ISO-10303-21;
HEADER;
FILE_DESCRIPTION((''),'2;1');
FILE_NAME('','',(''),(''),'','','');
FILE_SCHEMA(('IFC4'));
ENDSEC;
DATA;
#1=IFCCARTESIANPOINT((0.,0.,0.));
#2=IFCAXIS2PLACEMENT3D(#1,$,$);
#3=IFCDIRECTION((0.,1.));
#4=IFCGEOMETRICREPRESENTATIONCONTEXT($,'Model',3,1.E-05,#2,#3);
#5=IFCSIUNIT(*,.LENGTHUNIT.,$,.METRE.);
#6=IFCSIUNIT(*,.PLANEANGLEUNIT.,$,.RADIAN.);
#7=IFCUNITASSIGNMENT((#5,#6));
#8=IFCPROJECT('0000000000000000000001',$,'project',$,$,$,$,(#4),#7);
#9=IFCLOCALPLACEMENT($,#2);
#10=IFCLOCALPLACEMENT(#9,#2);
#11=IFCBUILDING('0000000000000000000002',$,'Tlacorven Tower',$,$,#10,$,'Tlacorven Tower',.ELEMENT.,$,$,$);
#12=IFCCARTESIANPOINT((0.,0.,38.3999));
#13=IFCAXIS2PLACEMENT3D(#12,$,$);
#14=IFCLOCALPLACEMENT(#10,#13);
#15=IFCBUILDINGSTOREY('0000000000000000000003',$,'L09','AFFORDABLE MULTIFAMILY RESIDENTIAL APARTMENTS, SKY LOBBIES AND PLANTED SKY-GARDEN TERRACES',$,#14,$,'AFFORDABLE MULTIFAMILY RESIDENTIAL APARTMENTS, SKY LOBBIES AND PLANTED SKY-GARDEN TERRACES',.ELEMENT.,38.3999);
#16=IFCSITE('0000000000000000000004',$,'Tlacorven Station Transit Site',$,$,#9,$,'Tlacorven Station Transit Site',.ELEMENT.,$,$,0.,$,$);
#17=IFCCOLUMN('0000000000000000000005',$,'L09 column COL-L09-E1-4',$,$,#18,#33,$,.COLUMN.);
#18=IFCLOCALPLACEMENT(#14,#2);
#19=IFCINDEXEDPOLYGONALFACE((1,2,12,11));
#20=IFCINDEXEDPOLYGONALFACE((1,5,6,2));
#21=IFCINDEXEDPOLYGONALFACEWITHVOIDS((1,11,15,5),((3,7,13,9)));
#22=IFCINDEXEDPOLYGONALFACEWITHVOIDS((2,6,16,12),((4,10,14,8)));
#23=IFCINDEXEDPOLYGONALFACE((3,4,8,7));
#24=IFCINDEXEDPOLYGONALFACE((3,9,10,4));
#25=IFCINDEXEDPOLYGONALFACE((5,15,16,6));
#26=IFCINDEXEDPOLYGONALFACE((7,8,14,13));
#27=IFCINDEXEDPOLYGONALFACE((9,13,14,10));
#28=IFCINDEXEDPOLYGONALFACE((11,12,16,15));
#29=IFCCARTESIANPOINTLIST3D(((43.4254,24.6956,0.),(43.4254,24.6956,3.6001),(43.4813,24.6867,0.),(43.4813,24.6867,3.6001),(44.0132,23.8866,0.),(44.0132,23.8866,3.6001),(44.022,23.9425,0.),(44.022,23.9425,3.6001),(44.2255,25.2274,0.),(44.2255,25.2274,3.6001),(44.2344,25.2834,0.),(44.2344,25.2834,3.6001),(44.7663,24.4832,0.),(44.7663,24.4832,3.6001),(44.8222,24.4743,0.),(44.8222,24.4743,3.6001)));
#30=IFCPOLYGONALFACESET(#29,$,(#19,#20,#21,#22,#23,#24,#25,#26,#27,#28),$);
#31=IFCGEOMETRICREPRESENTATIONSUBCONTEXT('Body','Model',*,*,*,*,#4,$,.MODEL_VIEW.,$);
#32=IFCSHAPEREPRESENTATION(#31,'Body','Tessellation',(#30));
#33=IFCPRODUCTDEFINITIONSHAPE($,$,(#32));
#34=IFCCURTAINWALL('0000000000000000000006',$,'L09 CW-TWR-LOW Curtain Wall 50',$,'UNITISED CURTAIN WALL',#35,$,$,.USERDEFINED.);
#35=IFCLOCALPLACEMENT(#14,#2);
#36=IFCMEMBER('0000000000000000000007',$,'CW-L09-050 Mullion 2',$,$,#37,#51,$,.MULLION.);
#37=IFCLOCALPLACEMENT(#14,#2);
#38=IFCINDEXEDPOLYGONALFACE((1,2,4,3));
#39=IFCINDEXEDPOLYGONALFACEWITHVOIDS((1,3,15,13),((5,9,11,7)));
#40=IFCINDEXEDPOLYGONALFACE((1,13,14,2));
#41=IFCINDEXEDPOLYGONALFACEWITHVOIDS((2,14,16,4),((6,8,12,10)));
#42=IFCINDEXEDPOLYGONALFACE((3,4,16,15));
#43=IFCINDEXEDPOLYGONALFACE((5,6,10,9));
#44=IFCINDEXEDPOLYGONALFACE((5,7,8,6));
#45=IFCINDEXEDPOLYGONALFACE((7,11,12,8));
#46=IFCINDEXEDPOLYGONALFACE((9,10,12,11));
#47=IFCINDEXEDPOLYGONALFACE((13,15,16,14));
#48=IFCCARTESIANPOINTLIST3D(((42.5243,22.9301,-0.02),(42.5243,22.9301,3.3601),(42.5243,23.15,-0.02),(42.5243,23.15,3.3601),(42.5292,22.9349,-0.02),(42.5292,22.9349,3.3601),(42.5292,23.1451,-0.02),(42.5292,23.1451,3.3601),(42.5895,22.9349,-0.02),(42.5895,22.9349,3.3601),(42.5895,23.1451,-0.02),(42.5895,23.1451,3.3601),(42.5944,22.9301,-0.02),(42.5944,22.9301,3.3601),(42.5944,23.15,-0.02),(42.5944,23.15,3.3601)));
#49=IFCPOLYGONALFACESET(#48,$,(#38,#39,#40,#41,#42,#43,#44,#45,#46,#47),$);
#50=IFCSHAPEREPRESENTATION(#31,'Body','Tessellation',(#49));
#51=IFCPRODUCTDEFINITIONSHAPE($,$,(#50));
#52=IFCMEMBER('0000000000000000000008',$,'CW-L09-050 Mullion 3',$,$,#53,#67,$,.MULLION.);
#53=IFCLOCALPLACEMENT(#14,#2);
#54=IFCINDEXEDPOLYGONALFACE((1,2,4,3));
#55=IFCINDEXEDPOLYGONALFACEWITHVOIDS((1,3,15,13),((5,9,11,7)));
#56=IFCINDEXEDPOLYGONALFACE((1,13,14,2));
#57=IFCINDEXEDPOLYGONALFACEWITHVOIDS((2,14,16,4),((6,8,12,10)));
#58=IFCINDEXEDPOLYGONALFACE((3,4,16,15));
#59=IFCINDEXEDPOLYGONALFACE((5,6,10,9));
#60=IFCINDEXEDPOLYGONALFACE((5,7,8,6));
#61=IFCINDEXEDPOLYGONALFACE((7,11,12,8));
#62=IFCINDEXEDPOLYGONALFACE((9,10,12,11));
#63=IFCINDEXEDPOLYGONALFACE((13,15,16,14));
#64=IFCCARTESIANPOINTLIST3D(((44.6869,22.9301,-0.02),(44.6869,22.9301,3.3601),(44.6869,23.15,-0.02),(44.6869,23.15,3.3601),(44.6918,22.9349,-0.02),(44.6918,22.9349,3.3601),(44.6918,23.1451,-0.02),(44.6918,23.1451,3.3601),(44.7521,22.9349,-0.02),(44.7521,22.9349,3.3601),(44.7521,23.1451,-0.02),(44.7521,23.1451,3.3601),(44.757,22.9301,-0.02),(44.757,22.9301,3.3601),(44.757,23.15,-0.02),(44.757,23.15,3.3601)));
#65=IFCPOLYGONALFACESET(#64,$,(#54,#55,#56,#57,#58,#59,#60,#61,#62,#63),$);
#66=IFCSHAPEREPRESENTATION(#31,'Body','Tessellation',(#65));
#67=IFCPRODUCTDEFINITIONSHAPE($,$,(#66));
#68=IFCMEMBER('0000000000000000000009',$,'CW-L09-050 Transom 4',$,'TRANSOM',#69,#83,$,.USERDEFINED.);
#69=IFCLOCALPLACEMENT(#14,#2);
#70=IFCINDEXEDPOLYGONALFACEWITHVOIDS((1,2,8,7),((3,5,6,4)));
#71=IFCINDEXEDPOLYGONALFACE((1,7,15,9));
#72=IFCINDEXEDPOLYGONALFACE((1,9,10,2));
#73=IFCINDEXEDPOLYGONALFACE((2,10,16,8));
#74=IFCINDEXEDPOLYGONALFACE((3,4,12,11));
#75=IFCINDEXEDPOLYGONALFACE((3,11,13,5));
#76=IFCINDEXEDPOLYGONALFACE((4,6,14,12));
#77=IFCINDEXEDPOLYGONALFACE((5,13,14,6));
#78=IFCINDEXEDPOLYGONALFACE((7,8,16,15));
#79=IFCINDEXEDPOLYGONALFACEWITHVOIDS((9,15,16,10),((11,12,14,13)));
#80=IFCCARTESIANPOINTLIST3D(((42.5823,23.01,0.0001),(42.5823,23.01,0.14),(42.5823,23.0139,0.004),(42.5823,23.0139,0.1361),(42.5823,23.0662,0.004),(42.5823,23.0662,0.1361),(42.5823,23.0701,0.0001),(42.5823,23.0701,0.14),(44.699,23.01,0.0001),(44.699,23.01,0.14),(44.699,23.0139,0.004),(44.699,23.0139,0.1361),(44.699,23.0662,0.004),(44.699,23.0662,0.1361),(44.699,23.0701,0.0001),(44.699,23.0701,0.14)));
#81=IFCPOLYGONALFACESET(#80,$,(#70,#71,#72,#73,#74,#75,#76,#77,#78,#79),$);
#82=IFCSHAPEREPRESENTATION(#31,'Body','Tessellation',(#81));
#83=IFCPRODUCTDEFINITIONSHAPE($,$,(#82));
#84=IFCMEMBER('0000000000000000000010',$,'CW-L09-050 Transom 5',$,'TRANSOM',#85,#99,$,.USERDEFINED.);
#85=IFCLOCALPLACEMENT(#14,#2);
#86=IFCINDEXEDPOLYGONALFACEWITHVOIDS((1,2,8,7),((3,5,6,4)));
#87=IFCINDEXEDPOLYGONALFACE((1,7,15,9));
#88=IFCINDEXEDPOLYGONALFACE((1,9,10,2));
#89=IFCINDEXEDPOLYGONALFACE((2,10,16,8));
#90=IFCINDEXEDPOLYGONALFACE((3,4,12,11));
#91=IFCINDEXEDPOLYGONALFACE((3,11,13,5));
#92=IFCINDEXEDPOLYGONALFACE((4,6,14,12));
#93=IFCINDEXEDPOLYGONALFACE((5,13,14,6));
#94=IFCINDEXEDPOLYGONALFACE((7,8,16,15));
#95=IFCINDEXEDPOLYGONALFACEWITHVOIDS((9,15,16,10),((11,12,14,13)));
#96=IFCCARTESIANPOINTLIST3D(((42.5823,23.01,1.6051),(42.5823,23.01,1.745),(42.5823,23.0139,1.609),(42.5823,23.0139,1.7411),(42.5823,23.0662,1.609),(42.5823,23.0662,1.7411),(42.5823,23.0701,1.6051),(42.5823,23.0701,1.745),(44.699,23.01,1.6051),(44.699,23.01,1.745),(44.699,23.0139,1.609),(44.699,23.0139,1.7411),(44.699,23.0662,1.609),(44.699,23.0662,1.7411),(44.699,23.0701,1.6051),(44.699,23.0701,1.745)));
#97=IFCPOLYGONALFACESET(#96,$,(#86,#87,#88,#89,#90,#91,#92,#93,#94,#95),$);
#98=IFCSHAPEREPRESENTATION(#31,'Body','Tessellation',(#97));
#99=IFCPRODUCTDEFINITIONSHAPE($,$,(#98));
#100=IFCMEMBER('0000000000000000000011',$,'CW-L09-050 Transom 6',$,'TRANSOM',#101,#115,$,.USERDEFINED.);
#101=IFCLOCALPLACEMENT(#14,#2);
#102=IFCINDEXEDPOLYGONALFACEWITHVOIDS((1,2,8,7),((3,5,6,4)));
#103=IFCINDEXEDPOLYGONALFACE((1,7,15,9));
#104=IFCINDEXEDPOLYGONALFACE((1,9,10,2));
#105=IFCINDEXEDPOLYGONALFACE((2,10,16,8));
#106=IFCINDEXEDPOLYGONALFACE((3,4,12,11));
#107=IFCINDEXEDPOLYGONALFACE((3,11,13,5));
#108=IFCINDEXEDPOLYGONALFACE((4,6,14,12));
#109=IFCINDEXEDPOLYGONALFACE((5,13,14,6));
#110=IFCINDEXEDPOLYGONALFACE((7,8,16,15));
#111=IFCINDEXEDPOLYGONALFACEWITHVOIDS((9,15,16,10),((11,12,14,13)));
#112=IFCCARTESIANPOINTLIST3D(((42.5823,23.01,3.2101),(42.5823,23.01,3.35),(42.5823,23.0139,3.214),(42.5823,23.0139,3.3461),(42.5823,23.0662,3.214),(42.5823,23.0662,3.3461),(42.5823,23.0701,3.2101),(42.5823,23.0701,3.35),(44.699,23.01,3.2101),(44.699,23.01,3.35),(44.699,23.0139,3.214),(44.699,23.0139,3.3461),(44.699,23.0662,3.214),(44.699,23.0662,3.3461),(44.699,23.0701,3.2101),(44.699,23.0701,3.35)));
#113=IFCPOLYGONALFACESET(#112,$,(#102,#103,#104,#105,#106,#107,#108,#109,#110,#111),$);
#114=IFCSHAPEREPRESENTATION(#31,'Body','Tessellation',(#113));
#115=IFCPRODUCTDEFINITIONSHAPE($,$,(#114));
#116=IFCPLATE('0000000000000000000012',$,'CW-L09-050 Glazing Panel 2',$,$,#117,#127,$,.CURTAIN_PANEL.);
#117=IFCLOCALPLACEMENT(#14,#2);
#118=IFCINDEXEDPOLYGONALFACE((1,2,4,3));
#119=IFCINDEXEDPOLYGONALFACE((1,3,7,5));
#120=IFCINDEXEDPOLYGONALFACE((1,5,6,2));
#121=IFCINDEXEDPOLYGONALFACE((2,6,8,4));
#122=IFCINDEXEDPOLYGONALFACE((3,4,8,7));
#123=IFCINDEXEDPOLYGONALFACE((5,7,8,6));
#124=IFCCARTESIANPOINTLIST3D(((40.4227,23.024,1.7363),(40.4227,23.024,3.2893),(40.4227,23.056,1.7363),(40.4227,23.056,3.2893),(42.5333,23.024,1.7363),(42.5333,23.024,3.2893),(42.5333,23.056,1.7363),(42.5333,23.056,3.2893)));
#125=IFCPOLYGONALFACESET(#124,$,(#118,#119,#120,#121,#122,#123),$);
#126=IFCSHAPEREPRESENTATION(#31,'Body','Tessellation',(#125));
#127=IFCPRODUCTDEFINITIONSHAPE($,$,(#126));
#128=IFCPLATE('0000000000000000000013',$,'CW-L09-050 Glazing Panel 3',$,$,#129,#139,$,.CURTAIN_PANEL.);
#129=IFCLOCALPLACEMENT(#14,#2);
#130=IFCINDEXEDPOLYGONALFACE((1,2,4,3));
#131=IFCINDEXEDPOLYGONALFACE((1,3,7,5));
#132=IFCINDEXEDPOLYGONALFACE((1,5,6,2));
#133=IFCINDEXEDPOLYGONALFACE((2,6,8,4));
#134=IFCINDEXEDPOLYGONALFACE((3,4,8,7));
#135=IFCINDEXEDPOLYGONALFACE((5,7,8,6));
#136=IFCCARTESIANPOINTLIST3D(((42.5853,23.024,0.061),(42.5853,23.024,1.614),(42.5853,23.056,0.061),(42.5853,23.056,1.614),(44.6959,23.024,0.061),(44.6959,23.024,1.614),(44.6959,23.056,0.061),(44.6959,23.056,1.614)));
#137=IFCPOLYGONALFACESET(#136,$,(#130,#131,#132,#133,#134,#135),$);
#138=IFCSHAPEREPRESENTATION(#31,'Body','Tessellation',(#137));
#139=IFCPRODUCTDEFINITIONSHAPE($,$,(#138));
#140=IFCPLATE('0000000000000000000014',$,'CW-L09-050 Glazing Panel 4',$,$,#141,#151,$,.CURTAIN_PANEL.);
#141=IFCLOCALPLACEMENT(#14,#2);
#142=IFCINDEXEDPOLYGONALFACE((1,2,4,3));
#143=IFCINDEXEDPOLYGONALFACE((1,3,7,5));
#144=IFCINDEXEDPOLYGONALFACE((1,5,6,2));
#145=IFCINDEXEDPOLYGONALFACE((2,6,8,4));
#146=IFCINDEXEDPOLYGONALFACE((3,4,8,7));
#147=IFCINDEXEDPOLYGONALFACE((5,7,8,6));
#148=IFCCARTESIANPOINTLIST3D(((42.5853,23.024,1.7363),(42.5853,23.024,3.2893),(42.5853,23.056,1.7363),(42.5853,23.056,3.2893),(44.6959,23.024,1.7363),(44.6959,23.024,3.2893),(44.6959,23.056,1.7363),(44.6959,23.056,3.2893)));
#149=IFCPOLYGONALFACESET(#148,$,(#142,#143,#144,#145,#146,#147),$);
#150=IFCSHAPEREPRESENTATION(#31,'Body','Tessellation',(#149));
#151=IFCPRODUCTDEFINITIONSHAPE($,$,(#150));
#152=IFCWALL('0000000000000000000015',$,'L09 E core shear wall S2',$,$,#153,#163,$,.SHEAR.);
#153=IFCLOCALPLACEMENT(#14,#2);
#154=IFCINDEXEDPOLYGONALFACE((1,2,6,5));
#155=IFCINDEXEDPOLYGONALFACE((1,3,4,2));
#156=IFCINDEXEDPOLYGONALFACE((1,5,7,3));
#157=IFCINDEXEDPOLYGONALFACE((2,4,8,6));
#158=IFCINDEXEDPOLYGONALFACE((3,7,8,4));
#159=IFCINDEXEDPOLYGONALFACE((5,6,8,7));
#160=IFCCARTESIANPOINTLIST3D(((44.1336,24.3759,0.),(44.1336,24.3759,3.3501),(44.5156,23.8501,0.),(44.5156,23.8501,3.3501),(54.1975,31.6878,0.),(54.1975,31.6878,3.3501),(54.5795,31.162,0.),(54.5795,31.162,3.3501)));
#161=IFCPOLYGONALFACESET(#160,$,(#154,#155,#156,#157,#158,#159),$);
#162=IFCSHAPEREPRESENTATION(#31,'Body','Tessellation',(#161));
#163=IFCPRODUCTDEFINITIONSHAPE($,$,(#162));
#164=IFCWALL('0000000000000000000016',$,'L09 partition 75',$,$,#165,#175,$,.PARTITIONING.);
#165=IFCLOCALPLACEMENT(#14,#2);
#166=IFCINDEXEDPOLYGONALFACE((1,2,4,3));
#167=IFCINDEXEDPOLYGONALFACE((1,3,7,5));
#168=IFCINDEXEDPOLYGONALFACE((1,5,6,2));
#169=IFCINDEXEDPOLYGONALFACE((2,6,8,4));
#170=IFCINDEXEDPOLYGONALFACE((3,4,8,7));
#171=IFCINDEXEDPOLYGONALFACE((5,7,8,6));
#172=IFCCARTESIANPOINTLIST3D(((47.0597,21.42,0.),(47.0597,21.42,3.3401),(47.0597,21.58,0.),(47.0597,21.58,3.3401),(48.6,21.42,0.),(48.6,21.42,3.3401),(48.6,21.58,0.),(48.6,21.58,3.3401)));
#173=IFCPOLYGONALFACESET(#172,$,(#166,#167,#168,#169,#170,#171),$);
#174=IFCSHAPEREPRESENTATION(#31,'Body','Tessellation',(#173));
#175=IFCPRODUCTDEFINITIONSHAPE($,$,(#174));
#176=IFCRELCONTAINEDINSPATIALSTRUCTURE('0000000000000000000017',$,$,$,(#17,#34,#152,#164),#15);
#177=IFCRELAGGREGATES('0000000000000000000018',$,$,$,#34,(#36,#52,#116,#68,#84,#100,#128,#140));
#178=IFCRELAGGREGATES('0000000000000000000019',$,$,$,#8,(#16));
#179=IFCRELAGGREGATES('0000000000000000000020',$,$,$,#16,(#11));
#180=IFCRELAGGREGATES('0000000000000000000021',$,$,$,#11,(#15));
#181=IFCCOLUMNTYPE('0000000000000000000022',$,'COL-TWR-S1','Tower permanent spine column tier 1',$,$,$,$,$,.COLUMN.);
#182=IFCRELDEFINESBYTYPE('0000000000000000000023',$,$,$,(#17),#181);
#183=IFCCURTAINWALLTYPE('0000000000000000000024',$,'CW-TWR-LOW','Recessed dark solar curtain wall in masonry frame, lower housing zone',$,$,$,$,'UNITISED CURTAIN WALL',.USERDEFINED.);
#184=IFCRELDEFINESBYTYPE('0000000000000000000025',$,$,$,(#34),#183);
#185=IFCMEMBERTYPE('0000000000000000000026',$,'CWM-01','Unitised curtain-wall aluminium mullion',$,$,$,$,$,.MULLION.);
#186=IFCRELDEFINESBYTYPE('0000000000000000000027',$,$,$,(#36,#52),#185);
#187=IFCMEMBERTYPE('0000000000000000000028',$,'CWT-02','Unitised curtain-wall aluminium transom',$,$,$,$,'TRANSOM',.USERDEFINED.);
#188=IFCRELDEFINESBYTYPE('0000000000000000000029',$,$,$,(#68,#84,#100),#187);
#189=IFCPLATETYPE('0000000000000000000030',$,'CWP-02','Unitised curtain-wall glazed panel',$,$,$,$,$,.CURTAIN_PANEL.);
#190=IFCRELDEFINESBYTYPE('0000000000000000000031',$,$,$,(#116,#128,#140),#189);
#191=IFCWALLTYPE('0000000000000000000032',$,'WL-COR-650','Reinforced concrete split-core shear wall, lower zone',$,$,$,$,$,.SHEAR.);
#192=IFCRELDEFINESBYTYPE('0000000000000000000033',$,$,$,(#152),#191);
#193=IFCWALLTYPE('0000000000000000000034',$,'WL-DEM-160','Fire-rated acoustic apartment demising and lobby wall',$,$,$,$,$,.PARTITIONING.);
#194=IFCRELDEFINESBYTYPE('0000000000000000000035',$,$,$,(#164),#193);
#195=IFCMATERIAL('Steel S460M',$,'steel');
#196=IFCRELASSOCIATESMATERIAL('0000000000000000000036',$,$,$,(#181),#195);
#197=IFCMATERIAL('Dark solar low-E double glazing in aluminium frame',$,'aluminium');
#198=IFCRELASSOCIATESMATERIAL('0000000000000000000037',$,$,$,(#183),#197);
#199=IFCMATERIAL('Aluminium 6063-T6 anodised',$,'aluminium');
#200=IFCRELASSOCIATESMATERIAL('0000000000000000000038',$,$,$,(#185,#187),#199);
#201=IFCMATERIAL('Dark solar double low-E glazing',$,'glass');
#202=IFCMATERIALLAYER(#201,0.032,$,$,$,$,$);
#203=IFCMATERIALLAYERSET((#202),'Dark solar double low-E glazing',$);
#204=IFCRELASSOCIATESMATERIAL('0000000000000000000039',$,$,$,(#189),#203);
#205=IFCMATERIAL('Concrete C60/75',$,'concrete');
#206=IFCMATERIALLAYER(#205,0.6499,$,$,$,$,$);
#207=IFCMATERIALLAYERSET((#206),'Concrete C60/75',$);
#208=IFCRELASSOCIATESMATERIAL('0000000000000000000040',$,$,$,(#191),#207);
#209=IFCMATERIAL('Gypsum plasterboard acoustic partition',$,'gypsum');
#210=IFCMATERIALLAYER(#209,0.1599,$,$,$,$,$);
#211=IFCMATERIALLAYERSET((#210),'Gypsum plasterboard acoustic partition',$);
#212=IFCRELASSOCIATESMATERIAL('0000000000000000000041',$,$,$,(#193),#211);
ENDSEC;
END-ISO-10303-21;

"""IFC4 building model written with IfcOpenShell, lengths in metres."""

from ifc_helpers import new_model, si_unit, direction, frame, frame_2d, origin, origin_2d, place, context, subcontext, project, spatial, rectangle, hollow_rectangle, extrude, source, transform, mapped, material, layer, layer_set, material_profile, profile_set, type_object, element, aggregate, save


model = new_model("IFC4")

# Units and contexts
model_context = context("Model", 3, precision=1e-05, world=origin(), true_north=direction((0.0, 1.0)))
body_context = subcontext(model_context, "Body", "Model", "MODEL_VIEW")
ifc_project = project(units=[si_unit("LENGTHUNIT", "METRE"), si_unit("PLANEANGLEUNIT", "RADIAN")], contexts=[model_context])

# Site, building, storey
site_placement = place(None, origin())
site = spatial("IfcSite", under=ifc_project, at=site_placement, Name="Tlacorven Station Transit Site", LongName="Tlacorven Station Transit Site", CompositionType="ELEMENT", RefElevation=0.0)
building_placement = place(site_placement, origin())
building = spatial("IfcBuilding", under=site, at=building_placement, Name="Tlacorven Tower", LongName="Tlacorven Tower", CompositionType="ELEMENT")
storey_placement = place(building_placement, frame((0.0, 0.0, 38.3999)))
storey = spatial("IfcBuildingStorey", under=building, at=storey_placement, Name="L09", Description="AFFORDABLE MULTIFAMILY RESIDENTIAL APARTMENTS, SKY LOBBIES AND PLANTED SKY-GARDEN TERRACES", LongName="AFFORDABLE MULTIFAMILY RESIDENTIAL APARTMENTS, SKY LOBBIES AND PLANTED SKY-GARDEN TERRACES", CompositionType="ELEMENT", Elevation=38.3999)

# Column
ifc_material_1 = material(Name="Steel S460M", Category="steel")
ifc_material_profile_1 = material_profile(ifc_material_1, hollow_rectangle(XDim=1.0, YDim=1.0, WallThickness=0.04, at=origin_2d()), Name="BOX 1000X1000X40")
ifc_profile_set_1 = profile_set([ifc_material_profile_1], Name="Steel S460M")
column_type = type_object("IfcColumnType", Name="COL-TWR-S1", Description="Tower permanent spine column tier 1", PredefinedType="COLUMN", material=ifc_profile_set_1)
shared_shape_1 = source(origin(), body_context, "Body", "SweptSolid", [
    extrude(hollow_rectangle(XDim=1.0, YDim=1.0, WallThickness=0.04, at=origin_2d()), origin(), (0.0, 0.0, 1.0), 3.6001),
])
column_placement = place(storey_placement, frame((44.1238, 24.585, 0.0), z_axis=(0.0, 0.0, 1.0), x_axis=(0.809017, 0.587785, 0.0)))
element("IfcColumn", 1, at=column_placement, inside=storey, type_object=column_type, Name="L09 column COL-L09-E1-4", PredefinedType="COLUMN", context=body_context, shape_type="MappedRepresentation", body=[
    mapped(shared_shape_1, transform((0.0, 0.0, 0.0), scale=1.0)),
])

# Curtain wall, members, plates
ifc_material_2 = material(Name="Dark solar low-E double glazing in aluminium frame", Category="aluminium")
curtain_wall_type = type_object("IfcCurtainWallType", Name="CW-TWR-LOW", Description="Recessed dark solar curtain wall in masonry frame, lower housing zone", ElementType="UNITISED CURTAIN WALL", PredefinedType="USERDEFINED", material=ifc_material_2)
curtain_wall_placement = place(storey_placement, origin())
curtain_wall = element("IfcCurtainWall", 2, at=curtain_wall_placement, inside=storey, type_object=curtain_wall_type, Name="L09 CW-TWR-LOW Curtain Wall 50", ObjectType="UNITISED CURTAIN WALL", PredefinedType="USERDEFINED")
ifc_material_3 = material(Name="Aluminium 6063-T6 anodised", Category="aluminium")
ifc_material_profile_2 = material_profile(ifc_material_3, hollow_rectangle(XDim=0.0701, YDim=0.22, WallThickness=0.0049, at=origin_2d()), Name="ALU MULLION 70X220")
ifc_profile_set_2 = profile_set([ifc_material_profile_2], Name="Aluminium 6063-T6 anodised")
member_type_1 = type_object("IfcMemberType", Name="CWM-01", Description="Unitised curtain-wall aluminium mullion", PredefinedType="MULLION", material=ifc_profile_set_2)
shared_shape_2 = source(origin(), body_context, "Body", "SweptSolid", [
    extrude(hollow_rectangle(XDim=0.0701, YDim=0.22, WallThickness=0.0049, at=origin_2d()), origin(), (0.0, 0.0, 1.0), 3.3801),
])
member_1_placement = place(storey_placement, frame((42.5593, 23.04, -0.02), z_axis=(0.0, 0.0, 1.0), x_axis=(1.0, 0.0, 0.0)))
member_1 = element("IfcMember", 3, at=member_1_placement, type_object=member_type_1, Name="CW-L09-050 Mullion 2", PredefinedType="MULLION", context=body_context, shape_type="MappedRepresentation", body=[
    mapped(shared_shape_2, transform((0.0, 0.0, 0.0), scale=1.0)),
])
member_2_placement = place(storey_placement, frame((44.7219, 23.04, -0.02), z_axis=(0.0, 0.0, 1.0), x_axis=(1.0, 0.0, 0.0)))
member_2 = element("IfcMember", 4, at=member_2_placement, type_object=member_type_1, Name="CW-L09-050 Mullion 3", PredefinedType="MULLION", context=body_context, shape_type="MappedRepresentation", body=[
    mapped(shared_shape_2, transform((0.0, 0.0, 0.0), scale=1.0)),
])
ifc_material_profile_3 = material_profile(ifc_material_3, hollow_rectangle(XDim=0.0601, YDim=0.1399, WallThickness=0.0039, at=origin_2d()), Name="ALU TRANSOM 60X140")
ifc_profile_set_3 = profile_set([ifc_material_profile_3], Name="Aluminium 6063-T6 anodised")
member_type_2 = type_object("IfcMemberType", Name="CWT-02", Description="Unitised curtain-wall aluminium transom", ElementType="TRANSOM", PredefinedType="USERDEFINED", material=ifc_profile_set_3)
shared_shape_3 = source(origin(), body_context, "Body", "SweptSolid", [
    extrude(hollow_rectangle(XDim=0.0601, YDim=0.1399, WallThickness=0.0039, at=origin_2d()), origin(), (0.0, 0.0, 1.0), 2.1167),
])
member_3_placement = place(storey_placement, frame((42.5823, 23.04, 0.0701), z_axis=(1.0, 0.0, 0.0), x_axis=(0.0, 1.0, 0.0)))
member_3 = element("IfcMember", 5, at=member_3_placement, type_object=member_type_2, Name="CW-L09-050 Transom 4", ObjectType="TRANSOM", PredefinedType="USERDEFINED", context=body_context, shape_type="MappedRepresentation", body=[
    mapped(shared_shape_3, transform((0.0, 0.0, 0.0), scale=1.0)),
])
member_4_placement = place(storey_placement, frame((42.5823, 23.04, 1.675), z_axis=(1.0, 0.0, 0.0), x_axis=(0.0, 1.0, 0.0)))
member_4 = element("IfcMember", 6, at=member_4_placement, type_object=member_type_2, Name="CW-L09-050 Transom 5", ObjectType="TRANSOM", PredefinedType="USERDEFINED", context=body_context, shape_type="MappedRepresentation", body=[
    mapped(shared_shape_3, transform((0.0, 0.0, 0.0), scale=1.0)),
])
member_5_placement = place(storey_placement, frame((42.5823, 23.04, 3.28), z_axis=(1.0, 0.0, 0.0), x_axis=(0.0, 1.0, 0.0)))
member_5 = element("IfcMember", 7, at=member_5_placement, type_object=member_type_2, Name="CW-L09-050 Transom 6", ObjectType="TRANSOM", PredefinedType="USERDEFINED", context=body_context, shape_type="MappedRepresentation", body=[
    mapped(shared_shape_3, transform((0.0, 0.0, 0.0), scale=1.0)),
])
ifc_material_4 = material(Name="Dark solar double low-E glazing", Category="glass")
ifc_layer_1 = layer(ifc_material_4, 0.032)
ifc_layer_set_1 = layer_set([ifc_layer_1], Name="Dark solar double low-E glazing")
plate_type = type_object("IfcPlateType", Name="CWP-02", Description="Unitised curtain-wall glazed panel", PredefinedType="CURTAIN_PANEL", material=ifc_layer_set_1)
shared_shape_4 = source(origin(), body_context, "Body", "SweptSolid", [
    extrude(rectangle(XDim=2.1106, YDim=0.032, at=origin_2d()), origin(), (0.0, 0.0, 1.0), 1.553),
])
plate_1_placement = place(storey_placement, frame((41.478, 23.04, 1.7363), z_axis=(0.0, 0.0, 1.0), x_axis=(1.0, 0.0, 0.0)))
plate_1 = element("IfcPlate", 8, at=plate_1_placement, type_object=plate_type, Name="CW-L09-050 Glazing Panel 2", PredefinedType="CURTAIN_PANEL", context=body_context, shape_type="MappedRepresentation", body=[
    mapped(shared_shape_4, transform((0.0, 0.0, 0.0), scale=1.0)),
])
plate_2_placement = place(storey_placement, frame((43.6406, 23.04, 0.061), z_axis=(0.0, 0.0, 1.0), x_axis=(1.0, 0.0, 0.0)))
plate_2 = element("IfcPlate", 9, at=plate_2_placement, type_object=plate_type, Name="CW-L09-050 Glazing Panel 3", PredefinedType="CURTAIN_PANEL", context=body_context, shape_type="MappedRepresentation", body=[
    mapped(shared_shape_4, transform((0.0, 0.0, 0.0), scale=1.0)),
])
plate_3_placement = place(storey_placement, frame((43.6406, 23.04, 1.7363), z_axis=(0.0, 0.0, 1.0), x_axis=(1.0, 0.0, 0.0)))
plate_3 = element("IfcPlate", 10, at=plate_3_placement, type_object=plate_type, Name="CW-L09-050 Glazing Panel 4", PredefinedType="CURTAIN_PANEL", context=body_context, shape_type="MappedRepresentation", body=[
    mapped(shared_shape_4, transform((0.0, 0.0, 0.0), scale=1.0)),
])
aggregate(curtain_wall, [member_1, member_2, plate_1, member_3, member_4, member_5, plate_2, plate_3])

# Walls
ifc_material_5 = material(Name="Concrete C60/75", Category="concrete")
ifc_layer_2 = layer(ifc_material_5, 0.6499)
ifc_layer_set_2 = layer_set([ifc_layer_2], Name="Concrete C60/75")
wall_type_1 = type_object("IfcWallType", Name="WL-COR-650", Description="Reinforced concrete split-core shear wall, lower zone", PredefinedType="SHEAR", material=ifc_layer_set_2)
wall_1_placement = place(storey_placement, frame((44.3247, 24.113, 0.0), z_axis=(0.0, 0.0, 1.0), x_axis=(0.809013, 0.587791, 0.0)))
element("IfcWall", 11, at=wall_1_placement, inside=storey, type_object=wall_type_1, Name="L09 E core shear wall S2", PredefinedType="SHEAR", context=body_context, shape_type="SweptSolid", body=[
    extrude(rectangle(XDim=12.4397, YDim=0.6499, at=frame_2d((6.2197, 0.0))), origin(), (0.0, 0.0, 1.0), 3.3501),
])
ifc_material_6 = material(Name="Gypsum plasterboard acoustic partition", Category="gypsum")
ifc_layer_3 = layer(ifc_material_6, 0.1599)
ifc_layer_set_3 = layer_set([ifc_layer_3], Name="Gypsum plasterboard acoustic partition")
wall_type_2 = type_object("IfcWallType", Name="WL-DEM-160", Description="Fire-rated acoustic apartment demising and lobby wall", PredefinedType="PARTITIONING", material=ifc_layer_set_3)
wall_2_placement = place(storey_placement, frame((47.0598, 21.5, 0.0), z_axis=(0.0, 0.0, 1.0), x_axis=(1.0, 0.0, 0.0)))
element("IfcWall", 12, at=wall_2_placement, inside=storey, type_object=wall_type_2, Name="L09 partition 75", PredefinedType="PARTITIONING", context=body_context, shape_type="SweptSolid", body=[
    extrude(rectangle(XDim=1.5403, YDim=0.1599, at=frame_2d((0.77, 0.0))), origin(), (0.0, 0.0, 1.0), 3.3401),
])

save(model, "model.ifc")
